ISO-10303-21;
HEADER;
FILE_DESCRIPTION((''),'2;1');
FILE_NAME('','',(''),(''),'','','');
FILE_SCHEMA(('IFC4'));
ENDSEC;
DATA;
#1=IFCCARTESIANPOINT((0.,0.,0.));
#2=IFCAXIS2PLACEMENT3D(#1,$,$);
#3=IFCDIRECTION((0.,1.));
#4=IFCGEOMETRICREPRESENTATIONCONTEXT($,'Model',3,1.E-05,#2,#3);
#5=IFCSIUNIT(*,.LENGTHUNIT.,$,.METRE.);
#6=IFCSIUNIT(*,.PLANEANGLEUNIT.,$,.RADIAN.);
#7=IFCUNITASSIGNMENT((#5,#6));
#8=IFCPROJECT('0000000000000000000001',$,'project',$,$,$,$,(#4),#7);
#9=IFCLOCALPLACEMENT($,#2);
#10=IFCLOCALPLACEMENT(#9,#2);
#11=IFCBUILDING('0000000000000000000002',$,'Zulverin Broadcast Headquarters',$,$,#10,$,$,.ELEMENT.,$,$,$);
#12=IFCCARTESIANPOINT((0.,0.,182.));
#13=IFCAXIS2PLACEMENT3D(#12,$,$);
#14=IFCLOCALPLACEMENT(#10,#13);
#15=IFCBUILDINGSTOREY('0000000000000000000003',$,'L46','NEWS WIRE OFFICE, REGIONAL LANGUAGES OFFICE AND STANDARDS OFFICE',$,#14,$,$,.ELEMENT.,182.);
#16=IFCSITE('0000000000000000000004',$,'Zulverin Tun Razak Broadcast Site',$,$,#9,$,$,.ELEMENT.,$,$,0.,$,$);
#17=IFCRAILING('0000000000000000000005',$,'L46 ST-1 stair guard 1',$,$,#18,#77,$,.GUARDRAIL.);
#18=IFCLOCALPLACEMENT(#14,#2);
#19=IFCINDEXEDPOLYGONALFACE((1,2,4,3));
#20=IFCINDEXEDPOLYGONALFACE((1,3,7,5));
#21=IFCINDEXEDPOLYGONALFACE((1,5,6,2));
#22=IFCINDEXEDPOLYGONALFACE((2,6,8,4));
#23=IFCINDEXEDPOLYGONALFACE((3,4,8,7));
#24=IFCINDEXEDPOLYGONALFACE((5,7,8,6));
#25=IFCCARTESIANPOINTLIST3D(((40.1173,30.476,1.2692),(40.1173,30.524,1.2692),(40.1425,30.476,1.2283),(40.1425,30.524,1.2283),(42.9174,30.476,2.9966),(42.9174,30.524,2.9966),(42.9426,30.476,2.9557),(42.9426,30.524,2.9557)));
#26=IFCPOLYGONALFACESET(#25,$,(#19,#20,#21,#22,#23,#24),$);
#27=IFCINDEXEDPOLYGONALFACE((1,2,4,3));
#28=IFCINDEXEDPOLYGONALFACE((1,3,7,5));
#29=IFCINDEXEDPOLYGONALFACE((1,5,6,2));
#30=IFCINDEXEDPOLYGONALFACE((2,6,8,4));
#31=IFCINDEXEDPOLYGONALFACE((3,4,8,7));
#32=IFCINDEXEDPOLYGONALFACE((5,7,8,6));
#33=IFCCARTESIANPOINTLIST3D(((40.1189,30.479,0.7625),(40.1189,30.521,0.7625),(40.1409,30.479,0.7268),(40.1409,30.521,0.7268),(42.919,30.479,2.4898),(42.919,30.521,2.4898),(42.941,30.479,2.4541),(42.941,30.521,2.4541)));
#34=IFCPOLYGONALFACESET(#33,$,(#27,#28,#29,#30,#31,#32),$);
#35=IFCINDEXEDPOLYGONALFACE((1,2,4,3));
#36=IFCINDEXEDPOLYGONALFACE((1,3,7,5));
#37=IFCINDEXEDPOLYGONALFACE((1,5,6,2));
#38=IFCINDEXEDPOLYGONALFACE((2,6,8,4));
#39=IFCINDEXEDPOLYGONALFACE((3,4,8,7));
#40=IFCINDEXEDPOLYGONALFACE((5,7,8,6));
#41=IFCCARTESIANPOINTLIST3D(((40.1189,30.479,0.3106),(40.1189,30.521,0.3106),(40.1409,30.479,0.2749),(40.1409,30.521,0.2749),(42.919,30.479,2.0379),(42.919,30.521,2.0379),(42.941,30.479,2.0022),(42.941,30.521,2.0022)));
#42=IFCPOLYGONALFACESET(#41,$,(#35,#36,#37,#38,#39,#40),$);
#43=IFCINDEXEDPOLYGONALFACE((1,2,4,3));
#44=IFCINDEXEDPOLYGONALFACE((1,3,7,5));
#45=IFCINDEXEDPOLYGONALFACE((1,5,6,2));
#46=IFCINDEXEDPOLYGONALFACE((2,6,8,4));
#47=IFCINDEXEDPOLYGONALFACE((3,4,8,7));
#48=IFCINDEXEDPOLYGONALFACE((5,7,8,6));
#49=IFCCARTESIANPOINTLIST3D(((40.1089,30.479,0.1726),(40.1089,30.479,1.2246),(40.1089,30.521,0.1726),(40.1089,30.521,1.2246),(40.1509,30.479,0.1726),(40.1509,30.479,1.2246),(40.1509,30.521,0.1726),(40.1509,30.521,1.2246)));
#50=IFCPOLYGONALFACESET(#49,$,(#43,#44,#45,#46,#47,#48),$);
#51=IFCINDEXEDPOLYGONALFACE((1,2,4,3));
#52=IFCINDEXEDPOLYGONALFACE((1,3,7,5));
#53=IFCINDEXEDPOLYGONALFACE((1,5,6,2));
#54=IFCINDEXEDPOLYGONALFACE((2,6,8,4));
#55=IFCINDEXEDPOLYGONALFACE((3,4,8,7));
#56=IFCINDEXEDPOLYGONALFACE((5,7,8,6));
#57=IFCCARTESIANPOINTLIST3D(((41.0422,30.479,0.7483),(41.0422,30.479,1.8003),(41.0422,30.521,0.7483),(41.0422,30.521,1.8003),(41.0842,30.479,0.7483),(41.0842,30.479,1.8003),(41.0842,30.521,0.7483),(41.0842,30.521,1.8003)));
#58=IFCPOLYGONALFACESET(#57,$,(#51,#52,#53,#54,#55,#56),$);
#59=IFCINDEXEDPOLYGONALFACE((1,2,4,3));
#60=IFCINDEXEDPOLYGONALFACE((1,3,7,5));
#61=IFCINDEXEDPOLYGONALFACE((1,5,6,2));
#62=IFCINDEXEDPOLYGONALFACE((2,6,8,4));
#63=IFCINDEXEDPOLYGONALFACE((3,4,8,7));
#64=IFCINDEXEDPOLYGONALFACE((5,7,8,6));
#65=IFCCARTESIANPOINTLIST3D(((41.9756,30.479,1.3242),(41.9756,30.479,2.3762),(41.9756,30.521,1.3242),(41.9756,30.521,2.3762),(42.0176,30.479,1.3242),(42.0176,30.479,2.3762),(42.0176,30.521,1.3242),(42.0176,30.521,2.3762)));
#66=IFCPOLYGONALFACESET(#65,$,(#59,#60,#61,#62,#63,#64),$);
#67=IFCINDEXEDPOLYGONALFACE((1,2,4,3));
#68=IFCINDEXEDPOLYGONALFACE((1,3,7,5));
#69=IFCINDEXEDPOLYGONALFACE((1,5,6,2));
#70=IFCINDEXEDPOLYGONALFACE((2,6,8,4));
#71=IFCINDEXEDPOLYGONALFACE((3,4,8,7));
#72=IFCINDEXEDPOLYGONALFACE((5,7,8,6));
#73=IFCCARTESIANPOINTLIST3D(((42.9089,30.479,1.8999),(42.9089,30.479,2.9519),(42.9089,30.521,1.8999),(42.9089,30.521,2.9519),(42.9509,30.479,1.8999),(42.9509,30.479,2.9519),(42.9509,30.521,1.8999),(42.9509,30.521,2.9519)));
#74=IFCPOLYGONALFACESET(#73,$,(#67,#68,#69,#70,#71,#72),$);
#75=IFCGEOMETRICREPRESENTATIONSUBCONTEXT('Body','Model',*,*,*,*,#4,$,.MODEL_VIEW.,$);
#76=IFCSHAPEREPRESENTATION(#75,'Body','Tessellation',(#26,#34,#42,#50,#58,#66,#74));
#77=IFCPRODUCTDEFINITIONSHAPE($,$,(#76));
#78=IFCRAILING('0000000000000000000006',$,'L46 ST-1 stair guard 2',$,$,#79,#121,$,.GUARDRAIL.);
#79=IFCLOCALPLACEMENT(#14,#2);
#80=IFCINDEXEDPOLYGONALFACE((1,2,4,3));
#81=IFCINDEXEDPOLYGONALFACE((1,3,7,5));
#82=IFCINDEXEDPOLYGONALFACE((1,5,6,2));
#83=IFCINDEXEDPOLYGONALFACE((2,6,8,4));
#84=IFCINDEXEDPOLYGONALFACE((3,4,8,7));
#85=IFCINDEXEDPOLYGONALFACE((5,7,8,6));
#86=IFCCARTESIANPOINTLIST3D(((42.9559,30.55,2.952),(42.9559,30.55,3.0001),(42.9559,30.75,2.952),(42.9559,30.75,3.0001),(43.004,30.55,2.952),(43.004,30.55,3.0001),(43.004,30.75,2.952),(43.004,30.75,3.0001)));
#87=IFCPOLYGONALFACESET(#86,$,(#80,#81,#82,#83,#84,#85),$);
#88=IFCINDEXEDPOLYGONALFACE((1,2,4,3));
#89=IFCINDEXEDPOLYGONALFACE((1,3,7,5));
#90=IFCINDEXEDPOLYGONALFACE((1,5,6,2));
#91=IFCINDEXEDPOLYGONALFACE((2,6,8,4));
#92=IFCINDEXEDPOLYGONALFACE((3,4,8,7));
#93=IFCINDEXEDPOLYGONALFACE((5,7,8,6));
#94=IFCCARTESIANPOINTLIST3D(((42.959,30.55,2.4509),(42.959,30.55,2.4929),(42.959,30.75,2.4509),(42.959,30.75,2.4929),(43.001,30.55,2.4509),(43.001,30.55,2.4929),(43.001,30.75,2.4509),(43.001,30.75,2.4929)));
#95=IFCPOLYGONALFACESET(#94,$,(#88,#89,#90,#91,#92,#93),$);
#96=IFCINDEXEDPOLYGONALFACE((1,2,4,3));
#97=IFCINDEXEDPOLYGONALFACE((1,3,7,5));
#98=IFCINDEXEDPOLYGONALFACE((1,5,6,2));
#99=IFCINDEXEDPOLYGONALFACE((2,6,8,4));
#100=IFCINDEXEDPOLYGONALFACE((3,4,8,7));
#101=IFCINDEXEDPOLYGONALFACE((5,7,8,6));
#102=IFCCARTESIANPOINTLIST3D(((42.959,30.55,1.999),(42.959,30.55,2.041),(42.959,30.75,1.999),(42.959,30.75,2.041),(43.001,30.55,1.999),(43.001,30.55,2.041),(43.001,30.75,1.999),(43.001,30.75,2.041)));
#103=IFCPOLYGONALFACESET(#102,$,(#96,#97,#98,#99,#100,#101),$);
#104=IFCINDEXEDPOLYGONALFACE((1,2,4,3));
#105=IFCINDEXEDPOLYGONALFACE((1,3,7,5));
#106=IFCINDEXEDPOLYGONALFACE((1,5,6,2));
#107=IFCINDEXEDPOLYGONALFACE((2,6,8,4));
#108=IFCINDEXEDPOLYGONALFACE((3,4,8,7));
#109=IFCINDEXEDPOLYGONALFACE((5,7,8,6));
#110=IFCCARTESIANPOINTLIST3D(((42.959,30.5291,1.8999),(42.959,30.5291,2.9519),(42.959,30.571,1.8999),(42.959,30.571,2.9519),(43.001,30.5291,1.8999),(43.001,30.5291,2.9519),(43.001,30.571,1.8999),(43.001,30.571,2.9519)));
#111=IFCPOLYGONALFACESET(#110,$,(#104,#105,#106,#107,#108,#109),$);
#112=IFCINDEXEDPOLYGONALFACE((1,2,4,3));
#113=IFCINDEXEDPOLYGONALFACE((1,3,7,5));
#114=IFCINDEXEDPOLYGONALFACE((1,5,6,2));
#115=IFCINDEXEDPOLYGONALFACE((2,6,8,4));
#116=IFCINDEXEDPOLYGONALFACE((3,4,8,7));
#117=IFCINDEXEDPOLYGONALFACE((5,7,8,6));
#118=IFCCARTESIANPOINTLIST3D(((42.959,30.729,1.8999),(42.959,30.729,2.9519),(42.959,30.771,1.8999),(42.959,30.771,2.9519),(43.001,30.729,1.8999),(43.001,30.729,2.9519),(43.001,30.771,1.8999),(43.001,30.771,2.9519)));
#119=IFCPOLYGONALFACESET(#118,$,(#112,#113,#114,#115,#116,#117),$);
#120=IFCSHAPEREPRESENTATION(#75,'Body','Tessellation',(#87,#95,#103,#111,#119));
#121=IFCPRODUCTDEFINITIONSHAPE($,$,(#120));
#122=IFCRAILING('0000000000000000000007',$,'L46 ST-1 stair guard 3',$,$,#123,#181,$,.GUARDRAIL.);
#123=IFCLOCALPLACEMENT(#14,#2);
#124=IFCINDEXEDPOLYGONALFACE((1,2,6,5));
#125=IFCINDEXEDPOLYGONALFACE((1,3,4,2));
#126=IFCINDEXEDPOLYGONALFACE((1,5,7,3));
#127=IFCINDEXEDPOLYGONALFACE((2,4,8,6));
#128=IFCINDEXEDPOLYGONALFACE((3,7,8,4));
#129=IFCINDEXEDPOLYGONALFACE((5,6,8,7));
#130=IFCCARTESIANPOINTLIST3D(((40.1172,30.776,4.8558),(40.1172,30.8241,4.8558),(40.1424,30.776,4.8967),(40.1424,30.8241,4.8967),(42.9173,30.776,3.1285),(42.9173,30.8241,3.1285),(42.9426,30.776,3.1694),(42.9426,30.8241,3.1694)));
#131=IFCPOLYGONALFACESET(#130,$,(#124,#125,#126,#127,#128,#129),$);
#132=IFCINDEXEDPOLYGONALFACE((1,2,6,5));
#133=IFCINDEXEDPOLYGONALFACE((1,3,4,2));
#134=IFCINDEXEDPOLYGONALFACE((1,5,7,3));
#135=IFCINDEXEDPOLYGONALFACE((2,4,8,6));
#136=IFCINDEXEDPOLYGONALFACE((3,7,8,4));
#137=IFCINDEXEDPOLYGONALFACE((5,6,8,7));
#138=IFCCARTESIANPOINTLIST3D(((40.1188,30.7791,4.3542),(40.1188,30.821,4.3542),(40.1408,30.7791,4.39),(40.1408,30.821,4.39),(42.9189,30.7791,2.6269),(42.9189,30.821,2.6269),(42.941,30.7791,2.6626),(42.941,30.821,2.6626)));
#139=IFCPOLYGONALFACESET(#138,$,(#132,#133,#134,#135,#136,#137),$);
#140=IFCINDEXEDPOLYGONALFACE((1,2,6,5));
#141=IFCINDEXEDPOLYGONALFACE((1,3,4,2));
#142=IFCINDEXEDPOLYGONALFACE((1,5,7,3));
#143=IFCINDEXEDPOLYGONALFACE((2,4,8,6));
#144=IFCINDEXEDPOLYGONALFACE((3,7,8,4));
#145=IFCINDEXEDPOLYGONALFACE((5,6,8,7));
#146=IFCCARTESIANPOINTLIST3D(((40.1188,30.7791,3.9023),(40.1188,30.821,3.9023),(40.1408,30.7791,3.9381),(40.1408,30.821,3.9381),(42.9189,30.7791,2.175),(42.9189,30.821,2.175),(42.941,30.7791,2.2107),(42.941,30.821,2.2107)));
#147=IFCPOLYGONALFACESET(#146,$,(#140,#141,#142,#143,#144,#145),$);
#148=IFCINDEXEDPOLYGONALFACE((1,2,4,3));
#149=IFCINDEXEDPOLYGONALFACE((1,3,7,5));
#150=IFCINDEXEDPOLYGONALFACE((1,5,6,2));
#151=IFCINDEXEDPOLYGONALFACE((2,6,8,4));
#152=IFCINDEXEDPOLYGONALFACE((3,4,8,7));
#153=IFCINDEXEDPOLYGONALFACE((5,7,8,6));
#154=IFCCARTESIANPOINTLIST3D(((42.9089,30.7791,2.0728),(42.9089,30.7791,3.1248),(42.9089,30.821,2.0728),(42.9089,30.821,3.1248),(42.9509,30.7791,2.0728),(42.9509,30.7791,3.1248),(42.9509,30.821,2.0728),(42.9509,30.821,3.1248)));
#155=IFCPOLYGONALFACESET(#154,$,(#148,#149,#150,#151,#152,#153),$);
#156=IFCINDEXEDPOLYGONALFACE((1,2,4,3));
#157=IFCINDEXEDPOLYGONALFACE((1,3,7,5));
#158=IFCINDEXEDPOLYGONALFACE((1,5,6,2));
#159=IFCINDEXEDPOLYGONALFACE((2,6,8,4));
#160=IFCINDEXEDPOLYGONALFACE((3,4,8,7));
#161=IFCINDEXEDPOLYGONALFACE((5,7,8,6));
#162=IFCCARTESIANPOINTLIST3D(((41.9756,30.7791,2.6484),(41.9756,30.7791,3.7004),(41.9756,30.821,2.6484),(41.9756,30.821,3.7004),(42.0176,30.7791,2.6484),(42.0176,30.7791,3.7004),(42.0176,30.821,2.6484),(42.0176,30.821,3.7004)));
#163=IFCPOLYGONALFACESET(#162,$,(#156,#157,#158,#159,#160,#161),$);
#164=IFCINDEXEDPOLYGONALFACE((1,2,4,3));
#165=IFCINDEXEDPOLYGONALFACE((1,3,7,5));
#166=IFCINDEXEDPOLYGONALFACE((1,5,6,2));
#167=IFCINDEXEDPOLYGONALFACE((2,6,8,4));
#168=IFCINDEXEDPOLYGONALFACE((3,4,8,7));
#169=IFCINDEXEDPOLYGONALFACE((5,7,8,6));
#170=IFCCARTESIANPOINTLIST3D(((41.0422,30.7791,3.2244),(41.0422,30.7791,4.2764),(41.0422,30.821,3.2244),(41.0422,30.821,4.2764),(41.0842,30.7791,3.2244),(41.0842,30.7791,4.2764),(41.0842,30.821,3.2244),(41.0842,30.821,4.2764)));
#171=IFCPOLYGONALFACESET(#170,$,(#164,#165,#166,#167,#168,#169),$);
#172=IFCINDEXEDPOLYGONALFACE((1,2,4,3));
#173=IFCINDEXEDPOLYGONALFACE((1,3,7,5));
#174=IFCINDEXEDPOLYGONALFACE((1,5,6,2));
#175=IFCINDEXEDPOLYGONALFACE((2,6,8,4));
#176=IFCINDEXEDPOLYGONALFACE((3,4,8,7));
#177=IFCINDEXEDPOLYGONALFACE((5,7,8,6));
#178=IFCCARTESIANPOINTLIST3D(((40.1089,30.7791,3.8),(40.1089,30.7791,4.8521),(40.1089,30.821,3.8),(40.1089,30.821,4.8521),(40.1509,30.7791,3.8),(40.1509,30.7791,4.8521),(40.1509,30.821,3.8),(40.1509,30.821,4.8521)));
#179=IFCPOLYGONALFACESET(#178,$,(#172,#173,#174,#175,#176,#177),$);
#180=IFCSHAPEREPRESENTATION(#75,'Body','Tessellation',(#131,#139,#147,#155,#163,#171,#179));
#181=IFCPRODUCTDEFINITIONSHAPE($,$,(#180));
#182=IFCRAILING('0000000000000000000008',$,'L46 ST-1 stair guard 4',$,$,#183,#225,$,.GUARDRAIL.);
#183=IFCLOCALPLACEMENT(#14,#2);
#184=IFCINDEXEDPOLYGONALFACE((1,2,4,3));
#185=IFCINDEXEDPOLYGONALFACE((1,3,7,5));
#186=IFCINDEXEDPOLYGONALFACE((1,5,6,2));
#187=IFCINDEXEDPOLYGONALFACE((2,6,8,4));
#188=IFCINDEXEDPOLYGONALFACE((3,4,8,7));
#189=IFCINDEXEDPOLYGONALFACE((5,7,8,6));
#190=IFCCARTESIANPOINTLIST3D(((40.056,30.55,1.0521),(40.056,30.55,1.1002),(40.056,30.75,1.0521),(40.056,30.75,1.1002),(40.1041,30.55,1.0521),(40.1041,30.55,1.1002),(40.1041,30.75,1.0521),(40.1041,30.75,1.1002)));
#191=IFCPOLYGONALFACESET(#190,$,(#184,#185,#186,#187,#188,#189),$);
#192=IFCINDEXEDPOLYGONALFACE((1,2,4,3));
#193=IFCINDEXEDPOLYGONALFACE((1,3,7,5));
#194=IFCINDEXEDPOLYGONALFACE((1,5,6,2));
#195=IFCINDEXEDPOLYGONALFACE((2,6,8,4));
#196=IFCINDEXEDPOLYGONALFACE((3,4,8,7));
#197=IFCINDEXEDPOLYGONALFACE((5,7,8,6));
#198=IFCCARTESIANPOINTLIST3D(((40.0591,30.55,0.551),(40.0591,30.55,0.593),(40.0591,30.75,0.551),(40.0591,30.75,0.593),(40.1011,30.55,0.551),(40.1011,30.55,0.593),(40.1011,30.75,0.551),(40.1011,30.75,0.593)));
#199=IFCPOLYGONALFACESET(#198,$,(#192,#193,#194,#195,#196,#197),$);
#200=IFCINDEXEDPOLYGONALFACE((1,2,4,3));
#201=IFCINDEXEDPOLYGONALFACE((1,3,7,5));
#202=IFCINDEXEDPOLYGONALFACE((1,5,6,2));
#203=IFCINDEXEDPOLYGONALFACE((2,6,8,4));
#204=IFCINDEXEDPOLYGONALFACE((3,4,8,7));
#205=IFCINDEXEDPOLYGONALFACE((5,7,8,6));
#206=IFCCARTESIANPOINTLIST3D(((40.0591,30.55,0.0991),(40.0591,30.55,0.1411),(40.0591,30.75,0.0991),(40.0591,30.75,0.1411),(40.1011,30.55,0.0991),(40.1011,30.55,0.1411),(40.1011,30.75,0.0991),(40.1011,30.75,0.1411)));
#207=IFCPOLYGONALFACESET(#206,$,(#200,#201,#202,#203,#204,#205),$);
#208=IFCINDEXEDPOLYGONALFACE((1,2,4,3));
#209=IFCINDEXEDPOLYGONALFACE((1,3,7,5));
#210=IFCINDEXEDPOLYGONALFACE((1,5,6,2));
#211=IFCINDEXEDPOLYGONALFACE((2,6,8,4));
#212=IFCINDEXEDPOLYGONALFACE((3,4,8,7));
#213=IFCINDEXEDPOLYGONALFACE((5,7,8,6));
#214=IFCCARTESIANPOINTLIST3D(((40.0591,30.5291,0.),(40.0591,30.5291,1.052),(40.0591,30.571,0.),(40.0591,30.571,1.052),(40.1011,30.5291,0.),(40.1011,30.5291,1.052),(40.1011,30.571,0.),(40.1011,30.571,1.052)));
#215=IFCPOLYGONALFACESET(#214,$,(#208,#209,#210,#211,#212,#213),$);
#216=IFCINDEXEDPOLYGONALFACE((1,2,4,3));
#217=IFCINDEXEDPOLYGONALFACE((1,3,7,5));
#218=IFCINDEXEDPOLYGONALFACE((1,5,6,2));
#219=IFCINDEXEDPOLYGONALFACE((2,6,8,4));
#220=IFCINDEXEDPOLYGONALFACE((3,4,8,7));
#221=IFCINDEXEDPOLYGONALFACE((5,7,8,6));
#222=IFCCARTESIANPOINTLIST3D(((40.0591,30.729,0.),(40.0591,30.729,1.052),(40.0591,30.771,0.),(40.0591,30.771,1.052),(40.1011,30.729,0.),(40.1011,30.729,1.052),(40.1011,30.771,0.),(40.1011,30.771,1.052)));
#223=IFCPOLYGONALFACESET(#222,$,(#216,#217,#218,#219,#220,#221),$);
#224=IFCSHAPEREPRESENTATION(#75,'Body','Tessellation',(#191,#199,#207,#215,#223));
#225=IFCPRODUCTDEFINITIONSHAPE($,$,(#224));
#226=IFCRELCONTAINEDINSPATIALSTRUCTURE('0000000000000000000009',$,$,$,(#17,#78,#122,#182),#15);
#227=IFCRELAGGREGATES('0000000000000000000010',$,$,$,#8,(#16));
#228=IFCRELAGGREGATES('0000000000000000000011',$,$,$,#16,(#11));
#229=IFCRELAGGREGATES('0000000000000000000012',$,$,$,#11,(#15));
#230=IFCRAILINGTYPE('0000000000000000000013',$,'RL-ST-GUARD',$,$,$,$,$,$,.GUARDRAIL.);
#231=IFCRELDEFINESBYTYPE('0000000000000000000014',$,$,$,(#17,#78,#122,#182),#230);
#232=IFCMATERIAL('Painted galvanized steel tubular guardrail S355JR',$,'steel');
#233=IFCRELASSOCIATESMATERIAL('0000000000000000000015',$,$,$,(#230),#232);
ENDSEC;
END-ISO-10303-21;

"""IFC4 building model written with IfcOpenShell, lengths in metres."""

from ifc_helpers import new_model, si_unit, direction, frame, origin, origin_2d, place, context, subcontext, project, spatial, rectangle, extrude, material, type_object, element, save


model = new_model("IFC4")

# Units and contexts
model_context = context("Model", 3, precision=1e-05, world=origin(), true_north=direction((0.0, 1.0)))
body_context = subcontext(model_context, "Body", "Model", "MODEL_VIEW")
ifc_project = project(units=[si_unit("LENGTHUNIT", "METRE"), si_unit("PLANEANGLEUNIT", "RADIAN")], contexts=[model_context])

# Site, building, storey
site_placement = place(None, origin())
site = spatial("IfcSite", under=ifc_project, at=site_placement, Name="Zulverin Tun Razak Broadcast Site", CompositionType="ELEMENT", RefElevation=0.0)
building_placement = place(site_placement, origin())
building = spatial("IfcBuilding", under=site, at=building_placement, Name="Zulverin Broadcast Headquarters", CompositionType="ELEMENT")
storey_placement = place(building_placement, frame((0.0, 0.0, 182.0)))
storey = spatial("IfcBuildingStorey", under=building, at=storey_placement, Name="L46", Description="NEWS WIRE OFFICE, REGIONAL LANGUAGES OFFICE AND STANDARDS OFFICE", CompositionType="ELEMENT", Elevation=182.0)

# Railings
ifc_material_1 = material(Name="Painted galvanized steel tubular guardrail S355JR", Category="steel")
railing_type_1 = type_object("IfcRailingType", Name="RL-ST-GUARD", PredefinedType="GUARDRAIL", material=ifc_material_1)
railing_1_placement = place(storey_placement, frame((40.1299, 30.5, 0.1726)))
element("IfcRailing", 1, at=railing_1_placement, inside=storey, type_object=railing_type_1, Name="L46 ST-1 stair guard 1", PredefinedType="GUARDRAIL", context=body_context, shape_type="SweptSolid", body=[
    extrude(rectangle(XDim=0.0481, YDim=0.0481, at=origin_2d()), frame((0.0, 0.0, 1.0762), z_axis=(0.85109, 0.0, 0.52502), x_axis=(0.0, 1.0, 0.0)), (0.0, 0.0, 1.0), 3.29),
    extrude(rectangle(XDim=0.042, YDim=0.042, at=origin_2d()), frame((0.0, 0.0, 0.572), z_axis=(0.85109, 0.0, 0.52502), x_axis=(0.0, 1.0, 0.0)), (0.0, 0.0, 1.0), 3.29),
    extrude(rectangle(XDim=0.042, YDim=0.042, at=origin_2d()), frame((0.0, 0.0, 0.1201), z_axis=(0.85109, 0.0, 0.52502), x_axis=(0.0, 1.0, 0.0)), (0.0, 0.0, 1.0), 3.29),
    extrude(rectangle(XDim=0.042, YDim=0.042, at=origin_2d()), origin(), (0.0, 0.0, 1.0), 1.052),
    extrude(rectangle(XDim=0.042, YDim=0.042, at=origin_2d()), frame((0.9333, 0.0, 0.5757)), (0.0, 0.0, 1.0), 1.052),
    extrude(rectangle(XDim=0.042, YDim=0.042, at=origin_2d()), frame((1.8667, 0.0, 1.1516)), (0.0, 0.0, 1.0), 1.052),
    extrude(rectangle(XDim=0.042, YDim=0.042, at=origin_2d()), frame((2.8, 0.0, 1.7273)), (0.0, 0.0, 1.0), 1.052),
])
railing_2_placement = place(storey_placement, frame((42.98, 30.55, 1.8999)))
element("IfcRailing", 2, at=railing_2_placement, inside=storey, type_object=railing_type_1, Name="L46 ST-1 stair guard 2", PredefinedType="GUARDRAIL", context=body_context, shape_type="SweptSolid", body=[
    extrude(rectangle(XDim=0.0481, YDim=0.0481, at=origin_2d()), frame((0.0, 0.0, 1.0762), z_axis=(0.0, 1.0, 0.0), x_axis=(-1.0, 0.0, 0.0)), (0.0, 0.0, 1.0), 0.2),
    extrude(rectangle(XDim=0.042, YDim=0.042, at=origin_2d()), frame((0.0, 0.0, 0.572), z_axis=(0.0, 1.0, 0.0), x_axis=(-1.0, 0.0, 0.0)), (0.0, 0.0, 1.0), 0.2),
    extrude(rectangle(XDim=0.042, YDim=0.042, at=origin_2d()), frame((0.0, 0.0, 0.1201), z_axis=(0.0, 1.0, 0.0), x_axis=(-1.0, 0.0, 0.0)), (0.0, 0.0, 1.0), 0.2),
    extrude(rectangle(XDim=0.042, YDim=0.042, at=origin_2d()), origin(), (0.0, 0.0, 1.0), 1.052),
    extrude(rectangle(XDim=0.042, YDim=0.042, at=origin_2d()), frame((0.0, 0.2, 0.0)), (0.0, 0.0, 1.0), 1.052),
])
railing_3_placement = place(storey_placement, frame((42.9299, 30.8, 2.0728)))
element("IfcRailing", 3, at=railing_3_placement, inside=storey, type_object=railing_type_1, Name="L46 ST-1 stair guard 3", PredefinedType="GUARDRAIL", context=body_context, shape_type="SweptSolid", body=[
    extrude(rectangle(XDim=0.0481, YDim=0.0481, at=origin_2d()), frame((0.0, 0.0, 1.0762), z_axis=(-0.85109, 0.0, 0.52502), x_axis=(0.0, -1.0, 0.0)), (0.0, 0.0, 1.0), 3.29),
    extrude(rectangle(XDim=0.042, YDim=0.042, at=origin_2d()), frame((0.0, 0.0, 0.572), z_axis=(-0.85109, 0.0, 0.52502), x_axis=(0.0, -1.0, 0.0)), (0.0, 0.0, 1.0), 3.29),
    extrude(rectangle(XDim=0.042, YDim=0.042, at=origin_2d()), frame((0.0, 0.0, 0.1201), z_axis=(-0.85109, 0.0, 0.52502), x_axis=(0.0, -1.0, 0.0)), (0.0, 0.0, 1.0), 3.29),
    extrude(rectangle(XDim=0.042, YDim=0.042, at=origin_2d()), origin(), (0.0, 0.0, 1.0), 1.052),
    extrude(rectangle(XDim=0.042, YDim=0.042, at=origin_2d()), frame((-0.9333, 0.0, 0.5757)), (0.0, 0.0, 1.0), 1.052),
    extrude(rectangle(XDim=0.042, YDim=0.042, at=origin_2d()), frame((-1.8667, 0.0, 1.1516)), (0.0, 0.0, 1.0), 1.052),
    extrude(rectangle(XDim=0.042, YDim=0.042, at=origin_2d()), frame((-2.8, 0.0, 1.7273)), (0.0, 0.0, 1.0), 1.052),
])
railing_4_placement = place(storey_placement, frame((40.0801, 30.55, 0.0)))
element("IfcRailing", 4, at=railing_4_placement, inside=storey, type_object=railing_type_1, Name="L46 ST-1 stair guard 4", PredefinedType="GUARDRAIL", context=body_context, shape_type="SweptSolid", body=[
    extrude(rectangle(XDim=0.0481, YDim=0.0481, at=origin_2d()), frame((0.0, 0.0, 1.0762), z_axis=(0.0, 1.0, 0.0), x_axis=(-1.0, 0.0, 0.0)), (0.0, 0.0, 1.0), 0.2),
    extrude(rectangle(XDim=0.042, YDim=0.042, at=origin_2d()), frame((0.0, 0.0, 0.572), z_axis=(0.0, 1.0, 0.0), x_axis=(-1.0, 0.0, 0.0)), (0.0, 0.0, 1.0), 0.2),
    extrude(rectangle(XDim=0.042, YDim=0.042, at=origin_2d()), frame((0.0, 0.0, 0.1201), z_axis=(0.0, 1.0, 0.0), x_axis=(-1.0, 0.0, 0.0)), (0.0, 0.0, 1.0), 0.2),
    extrude(rectangle(XDim=0.042, YDim=0.042, at=origin_2d()), origin(), (0.0, 0.0, 1.0), 1.052),
    extrude(rectangle(XDim=0.042, YDim=0.042, at=origin_2d()), frame((0.0, 0.2, 0.0)), (0.0, 0.0, 1.0), 1.052),
])

save(model, "model.ifc")
